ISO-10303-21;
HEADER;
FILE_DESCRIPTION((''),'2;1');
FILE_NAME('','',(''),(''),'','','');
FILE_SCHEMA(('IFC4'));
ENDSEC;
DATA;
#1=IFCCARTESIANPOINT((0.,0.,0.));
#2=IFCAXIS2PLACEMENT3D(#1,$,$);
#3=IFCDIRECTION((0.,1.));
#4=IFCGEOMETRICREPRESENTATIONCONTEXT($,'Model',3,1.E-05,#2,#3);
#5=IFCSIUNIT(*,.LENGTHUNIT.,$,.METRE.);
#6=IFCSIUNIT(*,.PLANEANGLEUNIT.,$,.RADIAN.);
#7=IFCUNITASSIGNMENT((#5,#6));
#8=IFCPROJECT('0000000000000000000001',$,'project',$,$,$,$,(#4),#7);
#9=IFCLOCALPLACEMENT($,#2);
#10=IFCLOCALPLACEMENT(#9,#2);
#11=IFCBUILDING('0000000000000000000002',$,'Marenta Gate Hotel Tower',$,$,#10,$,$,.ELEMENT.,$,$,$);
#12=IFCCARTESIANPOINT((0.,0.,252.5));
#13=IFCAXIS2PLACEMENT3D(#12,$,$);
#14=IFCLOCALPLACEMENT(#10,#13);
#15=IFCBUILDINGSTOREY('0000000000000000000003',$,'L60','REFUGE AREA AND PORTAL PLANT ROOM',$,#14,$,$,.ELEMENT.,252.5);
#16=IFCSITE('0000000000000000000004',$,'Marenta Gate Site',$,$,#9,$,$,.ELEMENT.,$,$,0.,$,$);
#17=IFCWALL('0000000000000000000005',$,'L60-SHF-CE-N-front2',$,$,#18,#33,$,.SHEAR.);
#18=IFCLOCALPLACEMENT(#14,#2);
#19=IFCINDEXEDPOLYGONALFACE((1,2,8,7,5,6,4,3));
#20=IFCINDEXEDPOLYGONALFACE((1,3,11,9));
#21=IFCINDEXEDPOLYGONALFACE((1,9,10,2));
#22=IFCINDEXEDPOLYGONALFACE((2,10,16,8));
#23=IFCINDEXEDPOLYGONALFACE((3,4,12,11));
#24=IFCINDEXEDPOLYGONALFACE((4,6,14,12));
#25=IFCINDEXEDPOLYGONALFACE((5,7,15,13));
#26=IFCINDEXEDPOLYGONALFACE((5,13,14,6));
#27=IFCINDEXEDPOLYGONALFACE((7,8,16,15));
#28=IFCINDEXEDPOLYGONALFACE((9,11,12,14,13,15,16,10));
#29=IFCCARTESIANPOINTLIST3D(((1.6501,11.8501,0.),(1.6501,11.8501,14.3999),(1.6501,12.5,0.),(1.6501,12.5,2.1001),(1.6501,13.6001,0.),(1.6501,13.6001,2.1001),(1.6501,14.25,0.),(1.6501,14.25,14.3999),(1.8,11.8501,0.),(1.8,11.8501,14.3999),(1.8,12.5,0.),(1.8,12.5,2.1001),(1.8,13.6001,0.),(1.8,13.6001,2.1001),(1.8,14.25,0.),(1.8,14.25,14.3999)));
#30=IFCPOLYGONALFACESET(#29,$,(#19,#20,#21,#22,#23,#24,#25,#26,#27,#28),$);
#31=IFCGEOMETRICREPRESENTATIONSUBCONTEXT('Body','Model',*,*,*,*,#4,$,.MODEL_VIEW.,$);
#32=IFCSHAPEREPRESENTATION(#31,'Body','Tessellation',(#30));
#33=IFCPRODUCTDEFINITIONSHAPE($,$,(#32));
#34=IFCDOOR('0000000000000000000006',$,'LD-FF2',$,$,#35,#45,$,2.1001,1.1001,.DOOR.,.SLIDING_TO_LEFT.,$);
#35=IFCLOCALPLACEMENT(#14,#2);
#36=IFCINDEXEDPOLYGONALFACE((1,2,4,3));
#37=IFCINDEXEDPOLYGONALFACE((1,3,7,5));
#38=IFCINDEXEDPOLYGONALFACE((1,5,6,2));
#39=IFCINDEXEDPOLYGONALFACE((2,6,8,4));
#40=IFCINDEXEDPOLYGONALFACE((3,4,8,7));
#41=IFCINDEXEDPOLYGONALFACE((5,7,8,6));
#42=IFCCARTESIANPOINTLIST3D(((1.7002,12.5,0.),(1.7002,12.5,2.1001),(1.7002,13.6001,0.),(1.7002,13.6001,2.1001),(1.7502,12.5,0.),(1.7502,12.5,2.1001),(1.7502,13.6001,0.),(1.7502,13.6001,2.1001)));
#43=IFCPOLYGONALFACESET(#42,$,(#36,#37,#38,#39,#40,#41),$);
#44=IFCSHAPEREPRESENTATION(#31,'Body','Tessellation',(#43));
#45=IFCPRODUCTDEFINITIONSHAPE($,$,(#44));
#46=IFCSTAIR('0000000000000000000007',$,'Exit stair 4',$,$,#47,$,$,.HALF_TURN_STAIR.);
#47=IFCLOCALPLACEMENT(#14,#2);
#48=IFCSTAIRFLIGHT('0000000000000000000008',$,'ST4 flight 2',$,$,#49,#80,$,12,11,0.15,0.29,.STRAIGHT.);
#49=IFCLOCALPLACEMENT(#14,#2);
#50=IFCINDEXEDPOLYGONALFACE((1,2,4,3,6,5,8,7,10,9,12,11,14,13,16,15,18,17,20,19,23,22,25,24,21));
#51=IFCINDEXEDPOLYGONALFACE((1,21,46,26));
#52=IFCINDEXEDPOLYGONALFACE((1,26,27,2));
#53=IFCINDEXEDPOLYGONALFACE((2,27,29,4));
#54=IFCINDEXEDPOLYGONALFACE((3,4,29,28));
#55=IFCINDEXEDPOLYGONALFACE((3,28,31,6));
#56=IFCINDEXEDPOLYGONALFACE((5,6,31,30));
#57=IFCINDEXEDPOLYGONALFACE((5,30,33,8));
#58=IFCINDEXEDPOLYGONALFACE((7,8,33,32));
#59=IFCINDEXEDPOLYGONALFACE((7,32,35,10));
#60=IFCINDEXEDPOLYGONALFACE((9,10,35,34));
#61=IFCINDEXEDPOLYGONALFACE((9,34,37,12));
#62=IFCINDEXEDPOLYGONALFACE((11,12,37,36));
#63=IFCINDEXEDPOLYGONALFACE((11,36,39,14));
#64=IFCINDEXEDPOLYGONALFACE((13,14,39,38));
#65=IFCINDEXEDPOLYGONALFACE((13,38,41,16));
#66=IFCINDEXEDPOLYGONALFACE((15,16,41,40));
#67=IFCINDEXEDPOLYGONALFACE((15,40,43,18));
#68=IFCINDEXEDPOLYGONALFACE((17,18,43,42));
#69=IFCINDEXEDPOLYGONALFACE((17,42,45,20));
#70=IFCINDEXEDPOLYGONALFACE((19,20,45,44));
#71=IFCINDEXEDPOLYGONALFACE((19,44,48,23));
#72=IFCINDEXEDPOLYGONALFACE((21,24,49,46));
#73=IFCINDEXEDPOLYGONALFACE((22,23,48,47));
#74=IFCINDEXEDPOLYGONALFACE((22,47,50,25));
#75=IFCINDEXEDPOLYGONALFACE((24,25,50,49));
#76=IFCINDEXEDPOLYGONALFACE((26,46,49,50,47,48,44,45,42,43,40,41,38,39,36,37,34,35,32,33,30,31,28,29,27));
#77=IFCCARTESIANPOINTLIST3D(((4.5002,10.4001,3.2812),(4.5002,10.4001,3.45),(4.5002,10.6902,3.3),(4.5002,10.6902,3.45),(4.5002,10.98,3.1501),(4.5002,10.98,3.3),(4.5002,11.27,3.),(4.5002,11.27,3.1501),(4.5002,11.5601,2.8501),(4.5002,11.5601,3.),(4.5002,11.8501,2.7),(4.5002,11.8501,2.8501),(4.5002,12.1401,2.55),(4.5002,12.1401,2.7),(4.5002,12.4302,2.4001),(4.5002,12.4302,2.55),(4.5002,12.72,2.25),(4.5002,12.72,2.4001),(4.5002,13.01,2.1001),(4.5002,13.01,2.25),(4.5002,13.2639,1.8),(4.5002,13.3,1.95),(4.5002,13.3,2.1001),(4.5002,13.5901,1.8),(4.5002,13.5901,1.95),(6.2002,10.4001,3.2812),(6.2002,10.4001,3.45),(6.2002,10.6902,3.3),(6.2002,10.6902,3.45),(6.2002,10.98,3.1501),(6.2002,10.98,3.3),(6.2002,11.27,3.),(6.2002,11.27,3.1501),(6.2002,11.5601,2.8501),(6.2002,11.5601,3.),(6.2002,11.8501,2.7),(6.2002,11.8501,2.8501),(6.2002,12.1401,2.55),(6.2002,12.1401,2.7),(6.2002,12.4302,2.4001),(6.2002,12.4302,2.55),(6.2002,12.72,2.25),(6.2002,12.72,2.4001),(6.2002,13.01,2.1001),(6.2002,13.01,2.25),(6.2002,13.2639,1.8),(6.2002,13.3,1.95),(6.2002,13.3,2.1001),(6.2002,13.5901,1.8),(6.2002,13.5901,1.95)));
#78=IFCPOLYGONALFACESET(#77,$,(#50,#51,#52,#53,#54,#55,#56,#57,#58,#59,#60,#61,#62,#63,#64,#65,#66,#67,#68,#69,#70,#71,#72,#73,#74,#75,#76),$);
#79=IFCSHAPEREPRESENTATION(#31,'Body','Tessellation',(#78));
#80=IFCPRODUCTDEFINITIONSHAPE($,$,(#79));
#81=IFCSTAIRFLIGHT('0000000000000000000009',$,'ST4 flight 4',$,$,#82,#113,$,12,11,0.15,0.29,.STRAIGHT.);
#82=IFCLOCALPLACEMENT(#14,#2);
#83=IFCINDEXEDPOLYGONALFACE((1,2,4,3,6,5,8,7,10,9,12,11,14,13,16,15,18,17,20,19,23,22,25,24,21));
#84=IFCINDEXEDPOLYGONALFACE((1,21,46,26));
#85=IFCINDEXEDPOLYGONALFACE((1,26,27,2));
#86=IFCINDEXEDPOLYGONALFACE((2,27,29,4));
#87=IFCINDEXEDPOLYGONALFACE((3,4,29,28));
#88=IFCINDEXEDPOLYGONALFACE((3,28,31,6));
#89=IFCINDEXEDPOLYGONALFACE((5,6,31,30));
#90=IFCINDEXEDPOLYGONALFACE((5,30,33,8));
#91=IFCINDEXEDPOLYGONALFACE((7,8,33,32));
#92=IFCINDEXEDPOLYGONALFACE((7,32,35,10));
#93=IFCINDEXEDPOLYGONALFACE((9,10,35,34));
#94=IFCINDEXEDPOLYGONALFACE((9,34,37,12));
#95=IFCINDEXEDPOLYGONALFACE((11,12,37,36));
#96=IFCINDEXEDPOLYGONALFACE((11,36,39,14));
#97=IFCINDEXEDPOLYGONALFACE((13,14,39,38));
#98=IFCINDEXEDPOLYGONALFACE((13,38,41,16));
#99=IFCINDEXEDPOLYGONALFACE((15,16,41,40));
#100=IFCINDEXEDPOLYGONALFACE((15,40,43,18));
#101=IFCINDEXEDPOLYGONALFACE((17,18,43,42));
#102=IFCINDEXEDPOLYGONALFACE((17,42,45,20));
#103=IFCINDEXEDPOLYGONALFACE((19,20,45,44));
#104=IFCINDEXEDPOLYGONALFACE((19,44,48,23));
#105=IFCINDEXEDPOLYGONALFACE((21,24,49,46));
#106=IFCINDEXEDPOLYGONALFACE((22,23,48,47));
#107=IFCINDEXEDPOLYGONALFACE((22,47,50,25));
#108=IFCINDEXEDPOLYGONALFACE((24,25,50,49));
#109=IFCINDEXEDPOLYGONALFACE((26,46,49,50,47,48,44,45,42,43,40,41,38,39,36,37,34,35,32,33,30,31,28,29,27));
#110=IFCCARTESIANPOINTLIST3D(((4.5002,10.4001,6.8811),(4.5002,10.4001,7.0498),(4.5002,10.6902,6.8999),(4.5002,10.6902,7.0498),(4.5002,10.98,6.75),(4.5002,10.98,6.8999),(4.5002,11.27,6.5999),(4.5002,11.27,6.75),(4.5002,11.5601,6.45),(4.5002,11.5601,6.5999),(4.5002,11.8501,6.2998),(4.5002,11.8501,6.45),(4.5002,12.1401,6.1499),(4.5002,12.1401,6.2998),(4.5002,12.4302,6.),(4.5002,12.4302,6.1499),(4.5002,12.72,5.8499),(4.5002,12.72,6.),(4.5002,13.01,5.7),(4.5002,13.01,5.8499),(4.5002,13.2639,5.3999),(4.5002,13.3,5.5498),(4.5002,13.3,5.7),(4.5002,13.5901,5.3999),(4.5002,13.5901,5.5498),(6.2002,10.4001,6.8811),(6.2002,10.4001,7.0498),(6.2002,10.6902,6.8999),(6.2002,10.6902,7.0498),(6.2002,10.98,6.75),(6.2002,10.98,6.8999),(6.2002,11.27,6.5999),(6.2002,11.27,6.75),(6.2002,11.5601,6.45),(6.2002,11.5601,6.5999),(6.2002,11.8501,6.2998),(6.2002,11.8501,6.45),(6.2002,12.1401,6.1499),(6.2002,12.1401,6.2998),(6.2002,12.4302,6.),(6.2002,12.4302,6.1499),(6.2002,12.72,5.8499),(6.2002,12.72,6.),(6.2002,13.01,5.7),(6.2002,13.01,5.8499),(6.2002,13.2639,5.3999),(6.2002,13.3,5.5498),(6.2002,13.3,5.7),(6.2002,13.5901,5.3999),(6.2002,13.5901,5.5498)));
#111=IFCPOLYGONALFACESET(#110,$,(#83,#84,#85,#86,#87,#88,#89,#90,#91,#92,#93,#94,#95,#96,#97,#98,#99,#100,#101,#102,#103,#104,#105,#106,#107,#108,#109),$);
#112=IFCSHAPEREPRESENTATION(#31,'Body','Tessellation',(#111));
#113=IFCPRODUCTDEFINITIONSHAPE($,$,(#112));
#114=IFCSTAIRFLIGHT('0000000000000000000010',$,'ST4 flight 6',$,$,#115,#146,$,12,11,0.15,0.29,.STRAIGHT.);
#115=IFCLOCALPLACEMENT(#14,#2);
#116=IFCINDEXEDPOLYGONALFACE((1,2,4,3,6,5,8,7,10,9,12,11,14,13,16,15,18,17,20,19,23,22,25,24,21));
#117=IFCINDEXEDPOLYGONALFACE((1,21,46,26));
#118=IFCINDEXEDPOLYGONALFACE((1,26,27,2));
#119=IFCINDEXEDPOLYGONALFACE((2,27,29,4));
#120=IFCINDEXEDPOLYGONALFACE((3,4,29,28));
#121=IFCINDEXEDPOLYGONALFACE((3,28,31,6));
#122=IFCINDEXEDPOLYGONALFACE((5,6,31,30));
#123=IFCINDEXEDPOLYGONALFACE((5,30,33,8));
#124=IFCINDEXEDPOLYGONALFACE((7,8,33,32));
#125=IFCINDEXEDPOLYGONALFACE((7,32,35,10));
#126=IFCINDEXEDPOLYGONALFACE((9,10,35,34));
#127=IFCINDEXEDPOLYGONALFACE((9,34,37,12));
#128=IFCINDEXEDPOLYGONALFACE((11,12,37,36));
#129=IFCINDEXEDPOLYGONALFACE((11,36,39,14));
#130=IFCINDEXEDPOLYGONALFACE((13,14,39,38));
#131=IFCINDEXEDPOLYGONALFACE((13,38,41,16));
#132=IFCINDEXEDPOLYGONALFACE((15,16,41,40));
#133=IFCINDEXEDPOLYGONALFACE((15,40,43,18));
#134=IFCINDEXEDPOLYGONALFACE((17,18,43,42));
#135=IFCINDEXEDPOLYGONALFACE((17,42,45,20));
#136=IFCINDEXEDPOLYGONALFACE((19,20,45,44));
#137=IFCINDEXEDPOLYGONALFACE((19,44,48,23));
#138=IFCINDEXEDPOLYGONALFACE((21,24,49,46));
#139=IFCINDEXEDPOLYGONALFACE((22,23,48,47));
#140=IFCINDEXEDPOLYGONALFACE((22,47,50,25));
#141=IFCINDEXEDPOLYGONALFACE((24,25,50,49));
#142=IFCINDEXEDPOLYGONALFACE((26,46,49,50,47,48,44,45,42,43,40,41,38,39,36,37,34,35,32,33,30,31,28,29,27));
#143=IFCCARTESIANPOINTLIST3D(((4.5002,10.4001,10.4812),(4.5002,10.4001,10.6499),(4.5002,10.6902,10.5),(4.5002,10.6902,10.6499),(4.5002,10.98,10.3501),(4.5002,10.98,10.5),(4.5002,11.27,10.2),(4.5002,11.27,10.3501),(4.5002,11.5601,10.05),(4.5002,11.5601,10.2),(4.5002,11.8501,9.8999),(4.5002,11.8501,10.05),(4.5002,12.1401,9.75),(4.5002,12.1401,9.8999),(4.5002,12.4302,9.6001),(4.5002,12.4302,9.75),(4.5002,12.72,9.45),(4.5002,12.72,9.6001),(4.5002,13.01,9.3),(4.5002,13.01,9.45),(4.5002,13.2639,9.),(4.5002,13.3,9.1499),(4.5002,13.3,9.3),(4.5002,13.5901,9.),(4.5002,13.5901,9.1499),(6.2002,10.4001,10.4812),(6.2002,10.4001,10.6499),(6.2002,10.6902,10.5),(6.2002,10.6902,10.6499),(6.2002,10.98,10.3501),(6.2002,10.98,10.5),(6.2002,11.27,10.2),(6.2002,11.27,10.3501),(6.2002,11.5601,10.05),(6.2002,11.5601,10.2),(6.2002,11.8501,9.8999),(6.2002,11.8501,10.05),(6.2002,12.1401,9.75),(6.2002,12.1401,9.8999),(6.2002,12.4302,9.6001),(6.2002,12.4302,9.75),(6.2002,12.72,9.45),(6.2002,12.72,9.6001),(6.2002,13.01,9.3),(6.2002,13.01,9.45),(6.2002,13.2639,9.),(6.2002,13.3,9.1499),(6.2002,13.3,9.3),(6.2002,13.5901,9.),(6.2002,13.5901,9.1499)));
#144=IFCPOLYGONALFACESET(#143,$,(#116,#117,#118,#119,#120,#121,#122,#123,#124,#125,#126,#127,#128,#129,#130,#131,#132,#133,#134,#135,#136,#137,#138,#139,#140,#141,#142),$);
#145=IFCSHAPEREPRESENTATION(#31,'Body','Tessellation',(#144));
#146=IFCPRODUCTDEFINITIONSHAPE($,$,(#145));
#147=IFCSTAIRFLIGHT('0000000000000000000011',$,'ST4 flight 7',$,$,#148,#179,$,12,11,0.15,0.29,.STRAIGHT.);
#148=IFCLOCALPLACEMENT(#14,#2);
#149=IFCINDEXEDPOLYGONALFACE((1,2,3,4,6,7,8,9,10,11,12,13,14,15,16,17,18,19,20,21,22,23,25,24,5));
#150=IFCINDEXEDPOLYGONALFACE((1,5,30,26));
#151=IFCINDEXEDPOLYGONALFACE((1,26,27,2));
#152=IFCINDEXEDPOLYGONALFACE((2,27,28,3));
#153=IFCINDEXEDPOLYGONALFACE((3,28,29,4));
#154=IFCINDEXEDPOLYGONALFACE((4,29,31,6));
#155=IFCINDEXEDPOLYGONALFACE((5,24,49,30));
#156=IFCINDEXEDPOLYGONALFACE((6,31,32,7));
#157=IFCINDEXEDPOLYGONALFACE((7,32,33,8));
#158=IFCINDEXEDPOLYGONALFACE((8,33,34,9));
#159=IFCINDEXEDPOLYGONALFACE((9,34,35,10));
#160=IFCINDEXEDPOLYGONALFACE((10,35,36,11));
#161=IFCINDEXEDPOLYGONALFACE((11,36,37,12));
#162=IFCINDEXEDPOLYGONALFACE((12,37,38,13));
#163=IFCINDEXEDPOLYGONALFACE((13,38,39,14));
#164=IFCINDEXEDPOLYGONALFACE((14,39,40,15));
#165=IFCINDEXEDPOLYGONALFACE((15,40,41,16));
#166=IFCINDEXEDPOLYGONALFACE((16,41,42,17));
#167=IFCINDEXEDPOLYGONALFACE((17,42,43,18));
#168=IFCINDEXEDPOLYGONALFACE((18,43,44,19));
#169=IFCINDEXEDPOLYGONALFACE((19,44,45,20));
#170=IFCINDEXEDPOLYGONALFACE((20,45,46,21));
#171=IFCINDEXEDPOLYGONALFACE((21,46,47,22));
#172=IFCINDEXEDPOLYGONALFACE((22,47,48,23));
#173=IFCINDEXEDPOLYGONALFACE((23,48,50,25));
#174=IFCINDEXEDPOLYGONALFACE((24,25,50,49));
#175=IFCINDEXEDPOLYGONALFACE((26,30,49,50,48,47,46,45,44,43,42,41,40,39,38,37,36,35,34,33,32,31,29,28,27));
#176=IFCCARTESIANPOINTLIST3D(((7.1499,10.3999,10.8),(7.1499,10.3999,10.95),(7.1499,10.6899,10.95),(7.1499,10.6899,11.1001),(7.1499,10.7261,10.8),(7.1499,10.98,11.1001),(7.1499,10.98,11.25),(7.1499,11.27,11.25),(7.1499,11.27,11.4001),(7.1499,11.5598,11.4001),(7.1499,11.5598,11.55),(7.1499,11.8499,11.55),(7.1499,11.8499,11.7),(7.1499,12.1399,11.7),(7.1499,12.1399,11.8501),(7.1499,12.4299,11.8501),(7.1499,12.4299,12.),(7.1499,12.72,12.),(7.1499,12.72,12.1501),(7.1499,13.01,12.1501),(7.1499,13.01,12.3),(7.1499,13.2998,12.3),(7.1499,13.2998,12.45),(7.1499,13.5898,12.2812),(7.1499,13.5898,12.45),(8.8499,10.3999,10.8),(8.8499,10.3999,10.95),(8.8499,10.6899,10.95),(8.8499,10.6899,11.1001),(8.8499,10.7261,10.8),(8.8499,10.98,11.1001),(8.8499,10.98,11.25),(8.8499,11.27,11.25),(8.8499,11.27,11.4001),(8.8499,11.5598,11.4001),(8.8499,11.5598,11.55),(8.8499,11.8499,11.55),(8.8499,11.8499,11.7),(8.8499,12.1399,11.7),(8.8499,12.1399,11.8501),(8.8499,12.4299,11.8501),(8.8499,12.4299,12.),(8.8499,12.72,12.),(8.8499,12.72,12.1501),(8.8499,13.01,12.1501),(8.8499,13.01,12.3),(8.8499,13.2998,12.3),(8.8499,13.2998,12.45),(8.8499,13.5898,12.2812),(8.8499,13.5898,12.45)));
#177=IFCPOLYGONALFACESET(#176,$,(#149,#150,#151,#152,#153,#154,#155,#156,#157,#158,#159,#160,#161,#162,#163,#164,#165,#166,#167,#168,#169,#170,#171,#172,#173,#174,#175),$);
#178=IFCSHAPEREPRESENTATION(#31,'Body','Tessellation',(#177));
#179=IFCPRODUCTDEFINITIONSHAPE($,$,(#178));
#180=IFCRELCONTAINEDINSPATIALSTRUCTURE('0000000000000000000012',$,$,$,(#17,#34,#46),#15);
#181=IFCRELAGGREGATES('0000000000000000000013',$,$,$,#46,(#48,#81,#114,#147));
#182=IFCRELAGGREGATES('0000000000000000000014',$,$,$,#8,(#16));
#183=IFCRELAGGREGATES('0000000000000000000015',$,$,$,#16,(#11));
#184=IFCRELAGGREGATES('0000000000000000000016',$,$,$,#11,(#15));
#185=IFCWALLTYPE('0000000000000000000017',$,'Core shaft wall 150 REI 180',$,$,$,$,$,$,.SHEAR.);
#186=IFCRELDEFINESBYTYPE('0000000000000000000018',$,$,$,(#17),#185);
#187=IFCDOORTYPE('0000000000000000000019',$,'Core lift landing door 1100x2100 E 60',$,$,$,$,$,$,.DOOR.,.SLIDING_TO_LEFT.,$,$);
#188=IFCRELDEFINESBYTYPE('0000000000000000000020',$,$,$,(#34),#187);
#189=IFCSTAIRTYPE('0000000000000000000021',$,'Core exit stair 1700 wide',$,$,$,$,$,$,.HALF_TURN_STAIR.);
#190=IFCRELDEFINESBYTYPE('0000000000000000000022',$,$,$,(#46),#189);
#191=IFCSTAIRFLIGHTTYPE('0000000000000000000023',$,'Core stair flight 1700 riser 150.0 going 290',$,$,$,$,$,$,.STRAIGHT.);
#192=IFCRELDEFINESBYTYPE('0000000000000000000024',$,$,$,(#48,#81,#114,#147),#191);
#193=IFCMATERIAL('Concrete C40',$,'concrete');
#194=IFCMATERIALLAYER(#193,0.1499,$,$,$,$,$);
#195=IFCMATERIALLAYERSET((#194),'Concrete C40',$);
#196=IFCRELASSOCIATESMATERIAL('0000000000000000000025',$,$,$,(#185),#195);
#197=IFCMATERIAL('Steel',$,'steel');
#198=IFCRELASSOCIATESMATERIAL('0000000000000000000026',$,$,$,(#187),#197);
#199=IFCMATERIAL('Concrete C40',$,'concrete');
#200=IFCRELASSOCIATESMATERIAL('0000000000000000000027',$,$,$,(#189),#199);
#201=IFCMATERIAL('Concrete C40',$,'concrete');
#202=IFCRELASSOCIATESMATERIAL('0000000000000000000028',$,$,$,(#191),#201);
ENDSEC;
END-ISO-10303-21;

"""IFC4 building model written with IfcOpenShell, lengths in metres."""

from ifc_helpers import new_model, si_unit, direction, frame, frame_2d, origin, place, context, subcontext, project, spatial, polyline, rectangle, outline, extrude, material, layer, layer_set, type_object, element, fill, aggregate, save


model = new_model("IFC4")

# Units and contexts
model_context = context("Model", 3, precision=1e-05, world=origin(), true_north=direction((0.0, 1.0)))
body_context = subcontext(model_context, "Body", "Model", "MODEL_VIEW")
ifc_project = project(units=[si_unit("LENGTHUNIT", "METRE"), si_unit("PLANEANGLEUNIT", "RADIAN")], contexts=[model_context])

# Site, building, storey
site_placement = place(None, origin())
site = spatial("IfcSite", under=ifc_project, at=site_placement, Name="Marenta Gate Site", CompositionType="ELEMENT", RefElevation=0.0)
building_placement = place(site_placement, origin())
building = spatial("IfcBuilding", under=site, at=building_placement, Name="Marenta Gate Hotel Tower", CompositionType="ELEMENT")
storey_placement = place(building_placement, frame((0.0, 0.0, 252.5)))
storey = spatial("IfcBuildingStorey", under=building, at=storey_placement, Name="L60", Description="REFUGE AREA AND PORTAL PLANT ROOM", CompositionType="ELEMENT", Elevation=252.5)

# Wall, opening, door
ifc_material_1 = material(Name="Concrete C40", Category="concrete")
ifc_layer_1 = layer(ifc_material_1, 0.1499)
ifc_layer_set_1 = layer_set([ifc_layer_1], Name="Concrete C40")
wall_type_1 = type_object("IfcWallType", Name="Core shaft wall 150 REI 180", PredefinedType="SHEAR", material=ifc_layer_set_1)
wall_1_placement = place(storey_placement, frame((1.7251, 11.8501, 0.0), z_axis=(0.0, 0.0, 1.0), x_axis=(0.0, 1.0, 0.0)))
wall_1 = element("IfcWall", 1, at=wall_1_placement, inside=storey, type_object=wall_type_1, Name="L60-SHF-CE-N-front2", PredefinedType="SHEAR", context=body_context, shape_type="SweptSolid", body=[
    extrude(rectangle(XDim=2.3999, YDim=0.1499, at=frame_2d((1.2, 0.0))), origin(), (0.0, 0.0, 1.0), 14.3999),
])
opening_placement = place(wall_1_placement, frame((0.6499, 0.0, 0.0)))
opening = element("IfcOpeningElement", 2, at=opening_placement, cuts=wall_1, PredefinedType="OPENING", context=body_context, shape_type="SweptSolid", body=[
    extrude(rectangle(XDim=1.1001, YDim=2.1001, at=frame_2d((0.55, 1.05))), frame((0.0, 0.075, 0.0), z_axis=(0.0, -1.0, 0.0), x_axis=(1.0, 0.0, 0.0)), (0.0, 0.0, 1.0), 0.1499),
])
ifc_material_2 = material(Name="Steel", Category="steel")
door_type = type_object("IfcDoorType", Name="Core lift landing door 1100x2100 E 60", OperationType="SLIDING_TO_LEFT", PredefinedType="DOOR", material=ifc_material_2)
door_placement = place(opening_placement, origin())
door = element("IfcDoor", 3, at=door_placement, inside=storey, type_object=door_type, Name="LD-FF2", OperationType="SLIDING_TO_LEFT", OverallHeight=2.1001, OverallWidth=1.1001, PredefinedType="DOOR", context=body_context, shape_type="SweptSolid", body=[
    extrude(rectangle(XDim=1.1001, YDim=2.1001, at=frame_2d((0.55, 1.05))), frame((0.0, 0.0249, 0.0), z_axis=(0.0, -1.0, 0.0), x_axis=(1.0, 0.0, 0.0)), (0.0, 0.0, 1.0), 0.05),
])
fill(opening, door)

# Stair, stair flights
ifc_material_3 = material(Name="Concrete C40", Category="concrete")
stair_type = type_object("IfcStairType", Name="Core exit stair 1700 wide", PredefinedType="HALF_TURN_STAIR", material=ifc_material_3)
stair_placement = place(storey_placement, origin())
stair = element("IfcStair", 4, at=stair_placement, inside=storey, type_object=stair_type, Name="Exit stair 4", PredefinedType="HALF_TURN_STAIR")
ifc_material_4 = material(Name="Concrete C40", Category="concrete")
stair_flight_type = type_object("IfcStairFlightType", Name="Core stair flight 1700 riser 150.0 going 290", PredefinedType="STRAIGHT", material=ifc_material_4)
stair_flight_1_placement = place(storey_placement, frame((5.3501, 13.5901, 1.8), z_axis=(0.0, 0.0, 1.0), x_axis=(0.0, -1.0, 0.0)))
stair_flight_1 = element("IfcStairFlight", 5, at=stair_flight_1_placement, type_object=stair_flight_type, Name="ST4 flight 2", NumberOfRisers=12, NumberOfTreads=11, PredefinedType="STRAIGHT", RiserHeight=0.15, TreadLength=0.29, context=body_context, shape_type="SweptSolid", body=[
    extrude(outline(polyline([(0.0, 0.0), (0.0, 0.1499), (0.29, 0.1499), (0.29, 0.3), (0.5801, 0.3), (0.5801, 0.45), (0.8701, 0.45), (0.8701, 0.6001), (1.1599, 0.6001), (1.1599, 0.75), (1.45, 0.75), (1.45, 0.8999), (1.74, 0.8999), (1.74, 1.05), (2.03, 1.05), (2.03, 1.2), (2.3201, 1.2), (2.3201, 1.3501), (2.6101, 1.3501), (2.6101, 1.5), (2.8999, 1.5), (2.8999, 1.6499), (3.1899, 1.6499), (3.1899, 1.8), (3.1899, 1.4812), (0.3262, 0.0), (0.0, 0.0)])), frame((0.0, 0.8501, 0.0), z_axis=(0.0, -1.0, 0.0), x_axis=(1.0, 0.0, 0.0)), (0.0, 0.0, 1.0), 1.7),
])
stair_flight_2_placement = place(storey_placement, frame((5.3501, 13.5901, 5.3999), z_axis=(0.0, 0.0, 1.0), x_axis=(0.0, -1.0, 0.0)))
stair_flight_2 = element("IfcStairFlight", 6, at=stair_flight_2_placement, type_object=stair_flight_type, Name="ST4 flight 4", NumberOfRisers=12, NumberOfTreads=11, PredefinedType="STRAIGHT", RiserHeight=0.15, TreadLength=0.29, context=body_context, shape_type="SweptSolid", body=[
    extrude(outline(polyline([(0.0, 0.0), (0.0, 0.1499), (0.29, 0.1499), (0.29, 0.3), (0.5801, 0.3), (0.5801, 0.45), (0.8701, 0.45), (0.8701, 0.6001), (1.1599, 0.6001), (1.1599, 0.75), (1.45, 0.75), (1.45, 0.8999), (1.74, 0.8999), (1.74, 1.05), (2.03, 1.05), (2.03, 1.2), (2.3201, 1.2), (2.3201, 1.3501), (2.6101, 1.3501), (2.6101, 1.5), (2.8999, 1.5), (2.8999, 1.6499), (3.1899, 1.6499), (3.1899, 1.8), (3.1899, 1.4812), (0.3262, 0.0), (0.0, 0.0)])), frame((0.0, 0.8501, 0.0), z_axis=(0.0, -1.0, 0.0), x_axis=(1.0, 0.0, 0.0)), (0.0, 0.0, 1.0), 1.7),
])
stair_flight_3_placement = place(storey_placement, frame((5.3501, 13.5901, 9.0), z_axis=(0.0, 0.0, 1.0), x_axis=(0.0, -1.0, 0.0)))
stair_flight_3 = element("IfcStairFlight", 7, at=stair_flight_3_placement, type_object=stair_flight_type, Name="ST4 flight 6", NumberOfRisers=12, NumberOfTreads=11, PredefinedType="STRAIGHT", RiserHeight=0.15, TreadLength=0.29, context=body_context, shape_type="SweptSolid", body=[
    extrude(outline(polyline([(0.0, 0.0), (0.0, 0.1499), (0.29, 0.1499), (0.29, 0.3), (0.5801, 0.3), (0.5801, 0.45), (0.8701, 0.45), (0.8701, 0.6001), (1.1599, 0.6001), (1.1599, 0.75), (1.45, 0.75), (1.45, 0.8999), (1.74, 0.8999), (1.74, 1.05), (2.03, 1.05), (2.03, 1.2), (2.3201, 1.2), (2.3201, 1.3501), (2.6101, 1.3501), (2.6101, 1.5), (2.8999, 1.5), (2.8999, 1.6499), (3.1899, 1.6499), (3.1899, 1.8), (3.1899, 1.4812), (0.3262, 0.0), (0.0, 0.0)])), frame((0.0, 0.8501, 0.0), z_axis=(0.0, -1.0, 0.0), x_axis=(1.0, 0.0, 0.0)), (0.0, 0.0, 1.0), 1.7),
])
stair_flight_4_placement = place(storey_placement, frame((8.0, 10.3999, 10.8), z_axis=(0.0, 0.0, 1.0), x_axis=(0.0, 1.0, 0.0)))
stair_flight_4 = element("IfcStairFlight", 8, at=stair_flight_4_placement, type_object=stair_flight_type, Name="ST4 flight 7", NumberOfRisers=12, NumberOfTreads=11, PredefinedType="STRAIGHT", RiserHeight=0.15, TreadLength=0.29, context=body_context, shape_type="SweptSolid", body=[
    extrude(outline(polyline([(0.0, 0.0), (0.0, 0.1499), (0.29, 0.1499), (0.29, 0.3), (0.5801, 0.3), (0.5801, 0.45), (0.8701, 0.45), (0.8701, 0.6001), (1.1599, 0.6001), (1.1599, 0.75), (1.45, 0.75), (1.45, 0.8999), (1.74, 0.8999), (1.74, 1.05), (2.03, 1.05), (2.03, 1.2), (2.3201, 1.2), (2.3201, 1.3501), (2.6101, 1.3501), (2.6101, 1.5), (2.8999, 1.5), (2.8999, 1.6499), (3.1899, 1.6499), (3.1899, 1.8), (3.1899, 1.4812), (0.3262, 0.0), (0.0, 0.0)])), frame((0.0, 0.8501, 0.0), z_axis=(0.0, -1.0, 0.0), x_axis=(1.0, 0.0, 0.0)), (0.0, 0.0, 1.0), 1.7),
])
aggregate(stair, [stair_flight_1, stair_flight_2, stair_flight_3, stair_flight_4])

save(model, "model.ifc")
